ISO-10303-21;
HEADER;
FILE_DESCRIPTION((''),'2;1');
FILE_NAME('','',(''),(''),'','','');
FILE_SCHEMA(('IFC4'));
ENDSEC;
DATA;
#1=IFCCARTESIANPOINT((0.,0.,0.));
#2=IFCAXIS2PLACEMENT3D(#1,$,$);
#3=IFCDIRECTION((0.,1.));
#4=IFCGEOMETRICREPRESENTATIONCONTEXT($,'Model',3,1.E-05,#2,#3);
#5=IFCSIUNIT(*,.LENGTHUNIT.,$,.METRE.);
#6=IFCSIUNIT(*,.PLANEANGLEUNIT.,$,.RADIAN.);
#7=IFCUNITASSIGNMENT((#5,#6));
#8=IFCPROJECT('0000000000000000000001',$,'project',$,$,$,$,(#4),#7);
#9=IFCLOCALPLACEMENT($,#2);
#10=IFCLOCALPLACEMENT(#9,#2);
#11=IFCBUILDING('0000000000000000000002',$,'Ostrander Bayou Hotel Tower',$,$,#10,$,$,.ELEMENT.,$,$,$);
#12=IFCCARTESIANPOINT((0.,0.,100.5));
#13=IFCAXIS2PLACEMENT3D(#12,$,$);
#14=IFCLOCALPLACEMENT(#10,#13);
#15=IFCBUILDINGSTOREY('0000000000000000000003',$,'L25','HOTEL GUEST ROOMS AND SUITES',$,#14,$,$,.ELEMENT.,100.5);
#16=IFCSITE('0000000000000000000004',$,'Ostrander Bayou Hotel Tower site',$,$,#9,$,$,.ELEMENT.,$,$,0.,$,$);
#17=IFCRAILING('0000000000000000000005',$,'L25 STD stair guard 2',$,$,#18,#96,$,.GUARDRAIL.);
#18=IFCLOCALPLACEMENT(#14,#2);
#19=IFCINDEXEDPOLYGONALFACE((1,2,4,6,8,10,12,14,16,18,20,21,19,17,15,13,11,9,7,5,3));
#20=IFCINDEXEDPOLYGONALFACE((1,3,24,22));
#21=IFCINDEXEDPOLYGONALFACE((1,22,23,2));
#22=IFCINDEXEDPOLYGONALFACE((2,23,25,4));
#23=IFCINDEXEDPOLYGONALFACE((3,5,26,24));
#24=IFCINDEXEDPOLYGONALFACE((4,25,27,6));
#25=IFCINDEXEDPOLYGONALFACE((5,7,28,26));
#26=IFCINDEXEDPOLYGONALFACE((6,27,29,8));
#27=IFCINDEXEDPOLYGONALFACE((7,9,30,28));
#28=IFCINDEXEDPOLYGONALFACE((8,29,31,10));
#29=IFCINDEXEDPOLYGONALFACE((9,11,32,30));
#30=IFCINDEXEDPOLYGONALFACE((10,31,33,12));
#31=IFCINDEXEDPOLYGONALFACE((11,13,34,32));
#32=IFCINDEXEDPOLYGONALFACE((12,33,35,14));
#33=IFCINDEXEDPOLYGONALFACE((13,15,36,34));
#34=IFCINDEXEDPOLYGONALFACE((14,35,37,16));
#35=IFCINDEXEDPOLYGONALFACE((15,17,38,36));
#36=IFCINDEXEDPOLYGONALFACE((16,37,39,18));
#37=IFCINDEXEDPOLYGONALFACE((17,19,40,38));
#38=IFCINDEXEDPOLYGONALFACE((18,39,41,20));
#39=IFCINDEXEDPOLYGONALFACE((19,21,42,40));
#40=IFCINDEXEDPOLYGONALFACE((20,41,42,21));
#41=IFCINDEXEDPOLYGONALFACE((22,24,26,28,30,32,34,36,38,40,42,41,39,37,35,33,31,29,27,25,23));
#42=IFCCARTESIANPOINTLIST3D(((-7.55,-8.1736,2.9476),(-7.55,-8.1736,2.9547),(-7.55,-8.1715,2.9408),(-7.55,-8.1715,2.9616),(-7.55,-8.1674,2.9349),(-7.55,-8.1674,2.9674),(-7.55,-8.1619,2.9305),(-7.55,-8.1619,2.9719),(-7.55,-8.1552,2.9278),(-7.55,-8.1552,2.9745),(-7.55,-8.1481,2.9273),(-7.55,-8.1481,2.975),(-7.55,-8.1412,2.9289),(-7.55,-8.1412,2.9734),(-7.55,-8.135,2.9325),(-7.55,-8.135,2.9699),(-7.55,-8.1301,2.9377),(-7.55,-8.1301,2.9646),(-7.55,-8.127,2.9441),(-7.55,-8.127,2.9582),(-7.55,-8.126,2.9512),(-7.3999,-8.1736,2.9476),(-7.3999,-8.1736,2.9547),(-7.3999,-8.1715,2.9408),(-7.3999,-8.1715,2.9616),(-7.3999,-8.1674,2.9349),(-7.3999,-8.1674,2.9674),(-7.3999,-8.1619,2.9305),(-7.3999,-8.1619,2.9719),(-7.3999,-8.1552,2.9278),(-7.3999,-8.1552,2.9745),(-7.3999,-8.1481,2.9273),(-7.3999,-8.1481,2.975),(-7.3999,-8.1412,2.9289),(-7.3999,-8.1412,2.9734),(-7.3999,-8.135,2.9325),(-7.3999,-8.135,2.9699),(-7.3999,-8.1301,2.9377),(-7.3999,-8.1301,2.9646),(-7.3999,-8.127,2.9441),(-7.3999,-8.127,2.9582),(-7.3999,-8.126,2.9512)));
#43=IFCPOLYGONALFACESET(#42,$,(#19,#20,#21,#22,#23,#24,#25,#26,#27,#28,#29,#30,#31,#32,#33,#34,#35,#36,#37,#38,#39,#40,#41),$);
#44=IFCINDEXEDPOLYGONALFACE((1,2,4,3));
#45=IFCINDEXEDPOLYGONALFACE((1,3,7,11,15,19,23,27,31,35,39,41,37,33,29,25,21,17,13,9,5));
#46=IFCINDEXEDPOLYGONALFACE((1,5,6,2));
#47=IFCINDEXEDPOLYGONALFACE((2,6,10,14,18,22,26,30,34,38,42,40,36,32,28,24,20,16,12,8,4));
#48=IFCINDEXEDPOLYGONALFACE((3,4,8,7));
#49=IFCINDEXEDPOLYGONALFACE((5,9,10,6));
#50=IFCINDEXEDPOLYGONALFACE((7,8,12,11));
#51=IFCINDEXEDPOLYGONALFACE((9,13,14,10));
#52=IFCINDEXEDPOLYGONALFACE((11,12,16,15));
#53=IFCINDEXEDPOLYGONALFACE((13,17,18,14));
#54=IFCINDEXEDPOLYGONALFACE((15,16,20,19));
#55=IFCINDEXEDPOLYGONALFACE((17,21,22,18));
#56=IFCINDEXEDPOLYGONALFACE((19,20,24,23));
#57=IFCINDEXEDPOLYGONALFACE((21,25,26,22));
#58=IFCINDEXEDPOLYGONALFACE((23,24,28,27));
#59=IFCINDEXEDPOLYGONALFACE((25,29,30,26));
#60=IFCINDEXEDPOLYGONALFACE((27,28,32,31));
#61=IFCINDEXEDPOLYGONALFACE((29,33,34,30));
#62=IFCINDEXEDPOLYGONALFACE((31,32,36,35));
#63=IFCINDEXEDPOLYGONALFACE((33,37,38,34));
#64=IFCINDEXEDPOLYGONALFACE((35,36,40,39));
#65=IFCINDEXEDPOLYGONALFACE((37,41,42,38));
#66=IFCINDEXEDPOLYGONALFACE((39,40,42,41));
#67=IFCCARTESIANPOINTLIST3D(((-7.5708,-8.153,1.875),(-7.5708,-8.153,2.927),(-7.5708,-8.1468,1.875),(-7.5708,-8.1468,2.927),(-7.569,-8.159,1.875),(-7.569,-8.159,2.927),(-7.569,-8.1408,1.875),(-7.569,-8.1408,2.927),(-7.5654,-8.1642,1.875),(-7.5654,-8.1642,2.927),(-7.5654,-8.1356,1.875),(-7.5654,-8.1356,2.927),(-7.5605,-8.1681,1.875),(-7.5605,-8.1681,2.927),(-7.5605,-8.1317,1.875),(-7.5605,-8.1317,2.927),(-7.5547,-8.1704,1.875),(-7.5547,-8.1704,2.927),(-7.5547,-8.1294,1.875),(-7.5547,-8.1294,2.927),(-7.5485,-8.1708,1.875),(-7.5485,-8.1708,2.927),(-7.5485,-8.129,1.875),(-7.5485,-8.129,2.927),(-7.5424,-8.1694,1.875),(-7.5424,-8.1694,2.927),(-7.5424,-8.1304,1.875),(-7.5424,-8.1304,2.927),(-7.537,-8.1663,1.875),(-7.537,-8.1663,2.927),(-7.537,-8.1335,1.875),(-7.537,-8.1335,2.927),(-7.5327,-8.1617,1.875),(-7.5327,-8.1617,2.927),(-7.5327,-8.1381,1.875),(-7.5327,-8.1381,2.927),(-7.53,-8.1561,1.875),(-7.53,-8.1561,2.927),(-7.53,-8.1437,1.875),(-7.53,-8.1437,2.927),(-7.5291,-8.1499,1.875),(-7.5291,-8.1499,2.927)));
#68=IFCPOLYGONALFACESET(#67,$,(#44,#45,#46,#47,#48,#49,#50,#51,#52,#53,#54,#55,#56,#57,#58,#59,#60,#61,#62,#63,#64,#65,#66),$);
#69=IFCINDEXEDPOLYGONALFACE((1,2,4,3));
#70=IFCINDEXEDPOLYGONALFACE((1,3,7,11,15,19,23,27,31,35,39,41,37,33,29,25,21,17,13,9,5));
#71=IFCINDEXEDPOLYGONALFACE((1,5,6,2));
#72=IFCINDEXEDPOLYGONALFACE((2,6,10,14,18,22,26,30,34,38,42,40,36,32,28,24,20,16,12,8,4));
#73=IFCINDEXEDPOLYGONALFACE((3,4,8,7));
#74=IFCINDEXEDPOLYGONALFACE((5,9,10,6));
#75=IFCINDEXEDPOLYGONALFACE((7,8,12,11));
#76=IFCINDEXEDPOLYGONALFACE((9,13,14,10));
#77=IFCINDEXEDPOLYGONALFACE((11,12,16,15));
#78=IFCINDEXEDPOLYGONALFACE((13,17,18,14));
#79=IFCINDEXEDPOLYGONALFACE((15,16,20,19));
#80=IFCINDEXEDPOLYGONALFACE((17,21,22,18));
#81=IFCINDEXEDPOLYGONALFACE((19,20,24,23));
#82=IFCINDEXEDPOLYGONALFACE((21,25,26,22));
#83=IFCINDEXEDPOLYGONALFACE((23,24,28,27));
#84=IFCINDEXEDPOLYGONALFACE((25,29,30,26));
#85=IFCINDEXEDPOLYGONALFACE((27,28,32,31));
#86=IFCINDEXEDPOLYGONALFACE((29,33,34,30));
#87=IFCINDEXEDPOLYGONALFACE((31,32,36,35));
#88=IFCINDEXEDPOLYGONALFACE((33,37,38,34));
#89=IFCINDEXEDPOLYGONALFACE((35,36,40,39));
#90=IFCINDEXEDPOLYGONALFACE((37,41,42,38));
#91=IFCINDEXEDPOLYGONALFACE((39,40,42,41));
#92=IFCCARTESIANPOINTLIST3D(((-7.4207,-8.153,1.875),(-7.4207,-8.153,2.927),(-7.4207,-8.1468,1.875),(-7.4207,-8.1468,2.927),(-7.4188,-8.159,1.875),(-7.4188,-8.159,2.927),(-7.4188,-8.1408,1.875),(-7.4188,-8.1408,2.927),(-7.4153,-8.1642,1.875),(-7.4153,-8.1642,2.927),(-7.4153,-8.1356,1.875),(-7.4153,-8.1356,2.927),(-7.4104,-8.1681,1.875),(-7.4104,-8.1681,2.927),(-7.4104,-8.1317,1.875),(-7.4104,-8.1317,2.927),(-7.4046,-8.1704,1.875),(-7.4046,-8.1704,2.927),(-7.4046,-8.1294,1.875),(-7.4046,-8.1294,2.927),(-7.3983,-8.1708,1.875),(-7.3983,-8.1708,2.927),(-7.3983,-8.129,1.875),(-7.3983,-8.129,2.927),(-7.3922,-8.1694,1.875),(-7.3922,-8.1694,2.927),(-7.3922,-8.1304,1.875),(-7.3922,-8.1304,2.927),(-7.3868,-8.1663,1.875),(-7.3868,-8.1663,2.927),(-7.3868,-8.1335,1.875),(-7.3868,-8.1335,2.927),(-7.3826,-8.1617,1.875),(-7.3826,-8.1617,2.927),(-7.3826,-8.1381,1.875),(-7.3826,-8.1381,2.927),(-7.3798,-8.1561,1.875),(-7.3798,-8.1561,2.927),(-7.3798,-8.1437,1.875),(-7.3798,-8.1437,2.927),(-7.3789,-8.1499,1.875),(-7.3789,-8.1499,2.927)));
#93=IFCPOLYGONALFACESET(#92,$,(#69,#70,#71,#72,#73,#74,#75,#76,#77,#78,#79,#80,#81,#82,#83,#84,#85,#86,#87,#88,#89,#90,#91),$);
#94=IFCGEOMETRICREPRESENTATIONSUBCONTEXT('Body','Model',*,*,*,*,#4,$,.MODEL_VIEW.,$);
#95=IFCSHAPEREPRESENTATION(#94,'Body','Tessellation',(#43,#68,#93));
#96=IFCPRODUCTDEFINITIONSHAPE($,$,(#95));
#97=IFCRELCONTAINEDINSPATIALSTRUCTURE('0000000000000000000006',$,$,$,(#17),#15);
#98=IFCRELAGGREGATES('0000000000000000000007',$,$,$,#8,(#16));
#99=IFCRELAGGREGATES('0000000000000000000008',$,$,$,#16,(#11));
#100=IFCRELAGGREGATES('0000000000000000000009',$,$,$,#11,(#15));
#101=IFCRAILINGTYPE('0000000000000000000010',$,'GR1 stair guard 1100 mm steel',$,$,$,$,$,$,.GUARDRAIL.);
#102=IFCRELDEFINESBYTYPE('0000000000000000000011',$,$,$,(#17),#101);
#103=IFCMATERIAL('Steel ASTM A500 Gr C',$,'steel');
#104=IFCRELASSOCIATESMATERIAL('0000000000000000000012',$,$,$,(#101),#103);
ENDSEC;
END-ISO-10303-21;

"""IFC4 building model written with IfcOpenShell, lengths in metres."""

from ifc_helpers import new_model, si_unit, direction, frame, origin, origin_2d, place, context, subcontext, project, spatial, circle, extrude, material, type_object, element, save


model = new_model("IFC4")

# Units and contexts
model_context = context("Model", 3, precision=1e-05, world=origin(), true_north=direction((0.0, 1.0)))
body_context = subcontext(model_context, "Body", "Model", "MODEL_VIEW")
ifc_project = project(units=[si_unit("LENGTHUNIT", "METRE"), si_unit("PLANEANGLEUNIT", "RADIAN")], contexts=[model_context])

# Site, building, storey
site_placement = place(None, origin())
site = spatial("IfcSite", under=ifc_project, at=site_placement, Name="Ostrander Bayou Hotel Tower site", CompositionType="ELEMENT", RefElevation=0.0)
building_placement = place(site_placement, origin())
building = spatial("IfcBuilding", under=site, at=building_placement, Name="Ostrander Bayou Hotel Tower", CompositionType="ELEMENT")
storey_placement = place(building_placement, frame((0.0, 0.0, 100.5)))
storey = spatial("IfcBuildingStorey", under=building, at=storey_placement, Name="L25", Description="HOTEL GUEST ROOMS AND SUITES", CompositionType="ELEMENT", Elevation=100.5)

# Railing
ifc_material_1 = material(Name="Steel ASTM A500 Gr C", Category="steel")
railing_type = type_object("IfcRailingType", Name="GR1 stair guard 1100 mm steel", PredefinedType="GUARDRAIL", material=ifc_material_1)
railing_placement = place(storey_placement, frame((-7.55, -8.1499, 1.875)))
element("IfcRailing", 1, at=railing_placement, inside=storey, type_object=railing_type, Name="L25 STD stair guard 2", PredefinedType="GUARDRAIL", context=body_context, shape_type="SweptSolid", body=[
    extrude(circle(Radius=0.0239, at=origin_2d()), frame((0.0, 0.0, 1.0762), z_axis=(1.0, 0.0, 0.0), x_axis=(0.0, 1.0, 0.0)), (0.0, 0.0, 1.0), 0.1501),
    extrude(circle(Radius=0.021, at=origin_2d()), origin(), (0.0, 0.0, 1.0), 1.052),
    extrude(circle(Radius=0.021, at=origin_2d()), frame((0.1501, 0.0, 0.0)), (0.0, 0.0, 1.0), 1.052),
])

save(model, "model.ifc")
